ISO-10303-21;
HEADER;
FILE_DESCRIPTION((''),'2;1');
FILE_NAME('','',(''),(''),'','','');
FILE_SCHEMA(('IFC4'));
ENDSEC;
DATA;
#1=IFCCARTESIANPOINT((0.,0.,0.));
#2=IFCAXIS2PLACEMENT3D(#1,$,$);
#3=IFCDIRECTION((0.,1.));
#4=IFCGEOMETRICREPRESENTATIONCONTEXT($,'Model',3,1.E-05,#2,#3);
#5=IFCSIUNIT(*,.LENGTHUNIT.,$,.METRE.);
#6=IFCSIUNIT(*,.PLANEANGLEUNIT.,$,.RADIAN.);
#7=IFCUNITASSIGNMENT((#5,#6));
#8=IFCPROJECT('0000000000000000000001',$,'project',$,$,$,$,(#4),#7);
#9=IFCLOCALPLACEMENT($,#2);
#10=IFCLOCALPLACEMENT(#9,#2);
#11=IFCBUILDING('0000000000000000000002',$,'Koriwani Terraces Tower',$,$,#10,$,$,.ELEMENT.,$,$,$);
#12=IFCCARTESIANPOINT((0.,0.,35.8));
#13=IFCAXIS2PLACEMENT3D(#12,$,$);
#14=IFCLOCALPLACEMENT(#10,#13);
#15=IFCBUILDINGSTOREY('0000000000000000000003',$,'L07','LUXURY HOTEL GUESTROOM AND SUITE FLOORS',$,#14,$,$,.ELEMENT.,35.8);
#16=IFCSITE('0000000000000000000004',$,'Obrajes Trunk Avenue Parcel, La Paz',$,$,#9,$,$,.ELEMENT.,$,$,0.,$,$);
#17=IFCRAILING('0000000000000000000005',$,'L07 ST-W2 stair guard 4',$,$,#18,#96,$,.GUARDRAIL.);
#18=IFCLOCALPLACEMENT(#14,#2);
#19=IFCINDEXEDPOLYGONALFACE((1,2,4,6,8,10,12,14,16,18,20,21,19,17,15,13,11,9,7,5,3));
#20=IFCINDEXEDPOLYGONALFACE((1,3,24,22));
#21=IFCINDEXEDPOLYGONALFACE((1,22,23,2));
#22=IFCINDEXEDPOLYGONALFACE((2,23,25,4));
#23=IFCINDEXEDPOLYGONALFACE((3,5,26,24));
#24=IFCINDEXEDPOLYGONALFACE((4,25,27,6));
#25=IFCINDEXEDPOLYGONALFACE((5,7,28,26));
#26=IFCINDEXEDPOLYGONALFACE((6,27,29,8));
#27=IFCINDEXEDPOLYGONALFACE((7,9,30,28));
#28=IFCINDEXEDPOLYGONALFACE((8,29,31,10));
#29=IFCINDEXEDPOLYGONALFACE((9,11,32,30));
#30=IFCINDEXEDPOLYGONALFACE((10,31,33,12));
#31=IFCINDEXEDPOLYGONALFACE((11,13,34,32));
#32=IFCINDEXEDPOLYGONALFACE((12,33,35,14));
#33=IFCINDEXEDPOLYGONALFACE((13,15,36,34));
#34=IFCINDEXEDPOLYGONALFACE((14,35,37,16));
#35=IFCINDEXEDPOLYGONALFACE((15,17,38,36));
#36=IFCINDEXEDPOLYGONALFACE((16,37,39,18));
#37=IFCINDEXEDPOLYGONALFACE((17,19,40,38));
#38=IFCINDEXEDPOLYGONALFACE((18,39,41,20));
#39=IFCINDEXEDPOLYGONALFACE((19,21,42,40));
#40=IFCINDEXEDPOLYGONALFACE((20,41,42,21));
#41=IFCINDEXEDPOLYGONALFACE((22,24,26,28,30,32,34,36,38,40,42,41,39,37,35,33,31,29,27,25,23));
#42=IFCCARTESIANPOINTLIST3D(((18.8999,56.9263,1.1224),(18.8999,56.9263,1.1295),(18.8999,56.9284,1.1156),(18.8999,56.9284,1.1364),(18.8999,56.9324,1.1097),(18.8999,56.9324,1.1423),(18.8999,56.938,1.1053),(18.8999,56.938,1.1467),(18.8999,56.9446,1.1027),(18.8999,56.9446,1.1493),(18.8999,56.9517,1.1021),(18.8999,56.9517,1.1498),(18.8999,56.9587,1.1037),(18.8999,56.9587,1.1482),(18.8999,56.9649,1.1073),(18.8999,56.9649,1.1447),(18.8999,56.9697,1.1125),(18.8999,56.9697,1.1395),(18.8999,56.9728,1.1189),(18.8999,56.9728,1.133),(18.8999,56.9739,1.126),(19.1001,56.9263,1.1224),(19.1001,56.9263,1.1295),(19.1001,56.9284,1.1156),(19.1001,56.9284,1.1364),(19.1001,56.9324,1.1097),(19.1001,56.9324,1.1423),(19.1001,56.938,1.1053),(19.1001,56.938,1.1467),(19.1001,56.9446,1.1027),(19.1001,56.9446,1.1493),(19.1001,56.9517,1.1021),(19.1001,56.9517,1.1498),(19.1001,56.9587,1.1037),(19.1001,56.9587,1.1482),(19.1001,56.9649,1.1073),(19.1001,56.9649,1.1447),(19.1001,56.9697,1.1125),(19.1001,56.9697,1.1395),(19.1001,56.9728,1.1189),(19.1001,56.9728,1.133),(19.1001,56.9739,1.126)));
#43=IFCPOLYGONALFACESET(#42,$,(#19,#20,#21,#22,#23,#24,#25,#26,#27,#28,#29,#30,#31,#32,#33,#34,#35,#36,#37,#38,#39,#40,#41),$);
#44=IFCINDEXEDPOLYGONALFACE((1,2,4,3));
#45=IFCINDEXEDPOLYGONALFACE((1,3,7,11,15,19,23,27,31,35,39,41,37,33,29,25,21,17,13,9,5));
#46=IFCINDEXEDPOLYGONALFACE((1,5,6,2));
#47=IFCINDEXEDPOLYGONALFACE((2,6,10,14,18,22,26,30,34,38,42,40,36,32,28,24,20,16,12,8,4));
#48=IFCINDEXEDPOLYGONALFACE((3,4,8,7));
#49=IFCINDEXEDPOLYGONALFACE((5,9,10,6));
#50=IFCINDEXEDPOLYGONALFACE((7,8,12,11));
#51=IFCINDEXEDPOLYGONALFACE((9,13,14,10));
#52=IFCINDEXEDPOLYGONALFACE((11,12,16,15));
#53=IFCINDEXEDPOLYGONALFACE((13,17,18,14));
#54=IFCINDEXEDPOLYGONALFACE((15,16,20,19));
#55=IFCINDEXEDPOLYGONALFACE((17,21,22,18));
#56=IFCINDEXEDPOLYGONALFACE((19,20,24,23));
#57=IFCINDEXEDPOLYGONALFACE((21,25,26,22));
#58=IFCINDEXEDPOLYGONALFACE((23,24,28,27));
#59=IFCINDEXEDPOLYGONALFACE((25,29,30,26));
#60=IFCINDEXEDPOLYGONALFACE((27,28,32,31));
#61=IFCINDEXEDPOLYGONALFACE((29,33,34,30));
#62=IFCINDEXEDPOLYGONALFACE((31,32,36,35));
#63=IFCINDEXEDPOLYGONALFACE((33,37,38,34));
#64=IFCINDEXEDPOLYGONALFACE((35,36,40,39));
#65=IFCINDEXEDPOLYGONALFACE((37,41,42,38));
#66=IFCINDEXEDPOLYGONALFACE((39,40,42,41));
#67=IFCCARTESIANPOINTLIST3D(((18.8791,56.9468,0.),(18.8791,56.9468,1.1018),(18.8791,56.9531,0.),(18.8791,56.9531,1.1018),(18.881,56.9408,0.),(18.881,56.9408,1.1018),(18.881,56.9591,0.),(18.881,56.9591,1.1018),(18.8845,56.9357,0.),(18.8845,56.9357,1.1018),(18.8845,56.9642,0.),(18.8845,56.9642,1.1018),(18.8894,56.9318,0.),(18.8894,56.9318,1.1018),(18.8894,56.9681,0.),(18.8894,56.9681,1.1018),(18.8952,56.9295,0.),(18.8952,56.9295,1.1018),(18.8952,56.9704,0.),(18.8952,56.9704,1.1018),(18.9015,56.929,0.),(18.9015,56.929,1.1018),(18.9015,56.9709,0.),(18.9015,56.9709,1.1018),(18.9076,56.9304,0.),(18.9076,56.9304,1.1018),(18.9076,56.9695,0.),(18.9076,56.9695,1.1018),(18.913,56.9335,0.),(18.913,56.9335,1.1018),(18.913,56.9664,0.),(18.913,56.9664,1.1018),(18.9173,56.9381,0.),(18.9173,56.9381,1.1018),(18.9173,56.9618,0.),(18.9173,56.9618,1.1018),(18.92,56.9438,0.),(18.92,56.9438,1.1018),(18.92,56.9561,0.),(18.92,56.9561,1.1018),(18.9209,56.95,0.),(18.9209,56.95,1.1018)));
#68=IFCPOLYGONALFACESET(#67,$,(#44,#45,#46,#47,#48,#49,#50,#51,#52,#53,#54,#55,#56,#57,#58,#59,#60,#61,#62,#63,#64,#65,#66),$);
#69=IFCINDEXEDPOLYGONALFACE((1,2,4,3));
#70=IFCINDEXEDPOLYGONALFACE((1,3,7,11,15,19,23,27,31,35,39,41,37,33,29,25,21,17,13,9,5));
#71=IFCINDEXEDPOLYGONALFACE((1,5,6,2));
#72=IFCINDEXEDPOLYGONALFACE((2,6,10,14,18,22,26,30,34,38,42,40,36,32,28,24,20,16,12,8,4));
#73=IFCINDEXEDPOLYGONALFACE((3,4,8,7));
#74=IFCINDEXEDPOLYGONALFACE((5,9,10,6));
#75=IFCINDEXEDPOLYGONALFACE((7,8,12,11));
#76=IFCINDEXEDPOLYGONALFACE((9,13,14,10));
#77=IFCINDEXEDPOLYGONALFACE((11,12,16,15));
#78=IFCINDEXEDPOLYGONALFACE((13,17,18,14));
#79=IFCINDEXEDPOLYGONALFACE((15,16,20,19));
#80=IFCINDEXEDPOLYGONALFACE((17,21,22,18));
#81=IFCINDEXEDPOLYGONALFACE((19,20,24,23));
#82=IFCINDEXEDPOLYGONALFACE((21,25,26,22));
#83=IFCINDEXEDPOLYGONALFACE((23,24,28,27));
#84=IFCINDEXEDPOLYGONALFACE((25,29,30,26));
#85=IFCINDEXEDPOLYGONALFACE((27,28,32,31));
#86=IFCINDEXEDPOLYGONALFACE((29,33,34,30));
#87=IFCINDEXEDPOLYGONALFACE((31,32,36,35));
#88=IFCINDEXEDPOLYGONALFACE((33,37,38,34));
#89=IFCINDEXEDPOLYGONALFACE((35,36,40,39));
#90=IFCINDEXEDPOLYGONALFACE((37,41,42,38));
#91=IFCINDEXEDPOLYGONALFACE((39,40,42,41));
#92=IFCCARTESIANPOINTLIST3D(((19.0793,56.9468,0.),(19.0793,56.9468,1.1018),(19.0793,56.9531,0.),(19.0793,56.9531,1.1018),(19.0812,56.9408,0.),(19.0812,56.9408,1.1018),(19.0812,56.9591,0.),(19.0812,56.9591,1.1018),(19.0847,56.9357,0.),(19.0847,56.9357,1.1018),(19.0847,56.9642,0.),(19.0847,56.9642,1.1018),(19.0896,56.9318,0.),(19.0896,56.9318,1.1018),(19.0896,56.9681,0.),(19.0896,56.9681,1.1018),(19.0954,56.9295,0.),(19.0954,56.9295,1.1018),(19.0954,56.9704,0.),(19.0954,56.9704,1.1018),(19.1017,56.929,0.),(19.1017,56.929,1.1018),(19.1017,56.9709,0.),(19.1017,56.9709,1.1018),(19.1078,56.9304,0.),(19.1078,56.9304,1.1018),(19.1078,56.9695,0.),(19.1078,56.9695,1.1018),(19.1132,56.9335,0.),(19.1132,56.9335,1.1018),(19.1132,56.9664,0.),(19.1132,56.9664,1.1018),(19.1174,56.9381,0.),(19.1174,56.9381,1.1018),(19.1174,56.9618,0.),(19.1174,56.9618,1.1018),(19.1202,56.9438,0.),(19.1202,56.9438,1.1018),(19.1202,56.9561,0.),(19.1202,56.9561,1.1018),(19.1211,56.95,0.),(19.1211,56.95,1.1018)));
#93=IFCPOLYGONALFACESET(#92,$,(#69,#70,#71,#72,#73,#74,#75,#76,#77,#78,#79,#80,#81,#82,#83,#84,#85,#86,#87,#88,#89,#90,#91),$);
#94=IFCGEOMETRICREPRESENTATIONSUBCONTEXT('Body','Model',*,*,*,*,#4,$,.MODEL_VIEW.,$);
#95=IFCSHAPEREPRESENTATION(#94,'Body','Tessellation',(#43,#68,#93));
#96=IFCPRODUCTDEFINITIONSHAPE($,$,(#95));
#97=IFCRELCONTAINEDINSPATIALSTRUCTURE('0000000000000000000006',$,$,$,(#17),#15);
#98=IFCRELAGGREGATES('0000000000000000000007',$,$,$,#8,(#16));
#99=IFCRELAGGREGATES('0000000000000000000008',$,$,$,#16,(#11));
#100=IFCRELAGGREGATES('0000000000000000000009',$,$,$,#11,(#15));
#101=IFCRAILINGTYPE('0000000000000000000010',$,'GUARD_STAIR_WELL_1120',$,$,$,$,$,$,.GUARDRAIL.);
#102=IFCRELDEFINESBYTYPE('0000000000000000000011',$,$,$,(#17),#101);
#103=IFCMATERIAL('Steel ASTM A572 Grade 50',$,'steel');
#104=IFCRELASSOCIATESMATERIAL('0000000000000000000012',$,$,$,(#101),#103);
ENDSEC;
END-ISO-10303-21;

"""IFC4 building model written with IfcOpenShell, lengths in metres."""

from ifc_helpers import new_model, si_unit, direction, frame, origin, origin_2d, place, context, subcontext, project, spatial, circle, extrude, material, type_object, element, save


model = new_model("IFC4")

# Units and contexts
model_context = context("Model", 3, precision=1e-05, world=origin(), true_north=direction((0.0, 1.0)))
body_context = subcontext(model_context, "Body", "Model", "MODEL_VIEW")
ifc_project = project(units=[si_unit("LENGTHUNIT", "METRE"), si_unit("PLANEANGLEUNIT", "RADIAN")], contexts=[model_context])

# Site, building, storey
site_placement = place(None, origin())
site = spatial("IfcSite", under=ifc_project, at=site_placement, Name="Obrajes Trunk Avenue Parcel, La Paz", CompositionType="ELEMENT", RefElevation=0.0)
building_placement = place(site_placement, origin())
building = spatial("IfcBuilding", under=site, at=building_placement, Name="Koriwani Terraces Tower", CompositionType="ELEMENT")
storey_placement = place(building_placement, frame((0.0, 0.0, 35.8)))
storey = spatial("IfcBuildingStorey", under=building, at=storey_placement, Name="L07", Description="LUXURY HOTEL GUESTROOM AND SUITE FLOORS", CompositionType="ELEMENT", Elevation=35.8)

# Shared definitions
ifc_material_1 = material(Name="Steel ASTM A572 Grade 50", Category="steel")

# Railing
railing_type_1 = type_object("IfcRailingType", Name="GUARD_STAIR_WELL_1120", PredefinedType="GUARDRAIL", material=ifc_material_1)
railing_1_placement = place(storey_placement, frame((18.8999, 56.95, 0.0)))
element("IfcRailing", 1, at=railing_1_placement, inside=storey, type_object=railing_type_1, Name="L07 ST-W2 stair guard 4", PredefinedType="GUARDRAIL", context=body_context, shape_type="SweptSolid", body=[
    extrude(circle(Radius=0.0239, at=origin_2d()), frame((0.0, 0.0, 1.126), z_axis=(1.0, 0.0, 0.0), x_axis=(0.0, 1.0, 0.0)), (0.0, 0.0, 1.0), 0.2002),
    extrude(circle(Radius=0.021, at=origin_2d()), origin(), (0.0, 0.0, 1.0), 1.1018),
    extrude(circle(Radius=0.021, at=origin_2d()), frame((0.2002, 0.0, 0.0)), (0.0, 0.0, 1.0), 1.1018),
])

save(model, "model.ifc")
